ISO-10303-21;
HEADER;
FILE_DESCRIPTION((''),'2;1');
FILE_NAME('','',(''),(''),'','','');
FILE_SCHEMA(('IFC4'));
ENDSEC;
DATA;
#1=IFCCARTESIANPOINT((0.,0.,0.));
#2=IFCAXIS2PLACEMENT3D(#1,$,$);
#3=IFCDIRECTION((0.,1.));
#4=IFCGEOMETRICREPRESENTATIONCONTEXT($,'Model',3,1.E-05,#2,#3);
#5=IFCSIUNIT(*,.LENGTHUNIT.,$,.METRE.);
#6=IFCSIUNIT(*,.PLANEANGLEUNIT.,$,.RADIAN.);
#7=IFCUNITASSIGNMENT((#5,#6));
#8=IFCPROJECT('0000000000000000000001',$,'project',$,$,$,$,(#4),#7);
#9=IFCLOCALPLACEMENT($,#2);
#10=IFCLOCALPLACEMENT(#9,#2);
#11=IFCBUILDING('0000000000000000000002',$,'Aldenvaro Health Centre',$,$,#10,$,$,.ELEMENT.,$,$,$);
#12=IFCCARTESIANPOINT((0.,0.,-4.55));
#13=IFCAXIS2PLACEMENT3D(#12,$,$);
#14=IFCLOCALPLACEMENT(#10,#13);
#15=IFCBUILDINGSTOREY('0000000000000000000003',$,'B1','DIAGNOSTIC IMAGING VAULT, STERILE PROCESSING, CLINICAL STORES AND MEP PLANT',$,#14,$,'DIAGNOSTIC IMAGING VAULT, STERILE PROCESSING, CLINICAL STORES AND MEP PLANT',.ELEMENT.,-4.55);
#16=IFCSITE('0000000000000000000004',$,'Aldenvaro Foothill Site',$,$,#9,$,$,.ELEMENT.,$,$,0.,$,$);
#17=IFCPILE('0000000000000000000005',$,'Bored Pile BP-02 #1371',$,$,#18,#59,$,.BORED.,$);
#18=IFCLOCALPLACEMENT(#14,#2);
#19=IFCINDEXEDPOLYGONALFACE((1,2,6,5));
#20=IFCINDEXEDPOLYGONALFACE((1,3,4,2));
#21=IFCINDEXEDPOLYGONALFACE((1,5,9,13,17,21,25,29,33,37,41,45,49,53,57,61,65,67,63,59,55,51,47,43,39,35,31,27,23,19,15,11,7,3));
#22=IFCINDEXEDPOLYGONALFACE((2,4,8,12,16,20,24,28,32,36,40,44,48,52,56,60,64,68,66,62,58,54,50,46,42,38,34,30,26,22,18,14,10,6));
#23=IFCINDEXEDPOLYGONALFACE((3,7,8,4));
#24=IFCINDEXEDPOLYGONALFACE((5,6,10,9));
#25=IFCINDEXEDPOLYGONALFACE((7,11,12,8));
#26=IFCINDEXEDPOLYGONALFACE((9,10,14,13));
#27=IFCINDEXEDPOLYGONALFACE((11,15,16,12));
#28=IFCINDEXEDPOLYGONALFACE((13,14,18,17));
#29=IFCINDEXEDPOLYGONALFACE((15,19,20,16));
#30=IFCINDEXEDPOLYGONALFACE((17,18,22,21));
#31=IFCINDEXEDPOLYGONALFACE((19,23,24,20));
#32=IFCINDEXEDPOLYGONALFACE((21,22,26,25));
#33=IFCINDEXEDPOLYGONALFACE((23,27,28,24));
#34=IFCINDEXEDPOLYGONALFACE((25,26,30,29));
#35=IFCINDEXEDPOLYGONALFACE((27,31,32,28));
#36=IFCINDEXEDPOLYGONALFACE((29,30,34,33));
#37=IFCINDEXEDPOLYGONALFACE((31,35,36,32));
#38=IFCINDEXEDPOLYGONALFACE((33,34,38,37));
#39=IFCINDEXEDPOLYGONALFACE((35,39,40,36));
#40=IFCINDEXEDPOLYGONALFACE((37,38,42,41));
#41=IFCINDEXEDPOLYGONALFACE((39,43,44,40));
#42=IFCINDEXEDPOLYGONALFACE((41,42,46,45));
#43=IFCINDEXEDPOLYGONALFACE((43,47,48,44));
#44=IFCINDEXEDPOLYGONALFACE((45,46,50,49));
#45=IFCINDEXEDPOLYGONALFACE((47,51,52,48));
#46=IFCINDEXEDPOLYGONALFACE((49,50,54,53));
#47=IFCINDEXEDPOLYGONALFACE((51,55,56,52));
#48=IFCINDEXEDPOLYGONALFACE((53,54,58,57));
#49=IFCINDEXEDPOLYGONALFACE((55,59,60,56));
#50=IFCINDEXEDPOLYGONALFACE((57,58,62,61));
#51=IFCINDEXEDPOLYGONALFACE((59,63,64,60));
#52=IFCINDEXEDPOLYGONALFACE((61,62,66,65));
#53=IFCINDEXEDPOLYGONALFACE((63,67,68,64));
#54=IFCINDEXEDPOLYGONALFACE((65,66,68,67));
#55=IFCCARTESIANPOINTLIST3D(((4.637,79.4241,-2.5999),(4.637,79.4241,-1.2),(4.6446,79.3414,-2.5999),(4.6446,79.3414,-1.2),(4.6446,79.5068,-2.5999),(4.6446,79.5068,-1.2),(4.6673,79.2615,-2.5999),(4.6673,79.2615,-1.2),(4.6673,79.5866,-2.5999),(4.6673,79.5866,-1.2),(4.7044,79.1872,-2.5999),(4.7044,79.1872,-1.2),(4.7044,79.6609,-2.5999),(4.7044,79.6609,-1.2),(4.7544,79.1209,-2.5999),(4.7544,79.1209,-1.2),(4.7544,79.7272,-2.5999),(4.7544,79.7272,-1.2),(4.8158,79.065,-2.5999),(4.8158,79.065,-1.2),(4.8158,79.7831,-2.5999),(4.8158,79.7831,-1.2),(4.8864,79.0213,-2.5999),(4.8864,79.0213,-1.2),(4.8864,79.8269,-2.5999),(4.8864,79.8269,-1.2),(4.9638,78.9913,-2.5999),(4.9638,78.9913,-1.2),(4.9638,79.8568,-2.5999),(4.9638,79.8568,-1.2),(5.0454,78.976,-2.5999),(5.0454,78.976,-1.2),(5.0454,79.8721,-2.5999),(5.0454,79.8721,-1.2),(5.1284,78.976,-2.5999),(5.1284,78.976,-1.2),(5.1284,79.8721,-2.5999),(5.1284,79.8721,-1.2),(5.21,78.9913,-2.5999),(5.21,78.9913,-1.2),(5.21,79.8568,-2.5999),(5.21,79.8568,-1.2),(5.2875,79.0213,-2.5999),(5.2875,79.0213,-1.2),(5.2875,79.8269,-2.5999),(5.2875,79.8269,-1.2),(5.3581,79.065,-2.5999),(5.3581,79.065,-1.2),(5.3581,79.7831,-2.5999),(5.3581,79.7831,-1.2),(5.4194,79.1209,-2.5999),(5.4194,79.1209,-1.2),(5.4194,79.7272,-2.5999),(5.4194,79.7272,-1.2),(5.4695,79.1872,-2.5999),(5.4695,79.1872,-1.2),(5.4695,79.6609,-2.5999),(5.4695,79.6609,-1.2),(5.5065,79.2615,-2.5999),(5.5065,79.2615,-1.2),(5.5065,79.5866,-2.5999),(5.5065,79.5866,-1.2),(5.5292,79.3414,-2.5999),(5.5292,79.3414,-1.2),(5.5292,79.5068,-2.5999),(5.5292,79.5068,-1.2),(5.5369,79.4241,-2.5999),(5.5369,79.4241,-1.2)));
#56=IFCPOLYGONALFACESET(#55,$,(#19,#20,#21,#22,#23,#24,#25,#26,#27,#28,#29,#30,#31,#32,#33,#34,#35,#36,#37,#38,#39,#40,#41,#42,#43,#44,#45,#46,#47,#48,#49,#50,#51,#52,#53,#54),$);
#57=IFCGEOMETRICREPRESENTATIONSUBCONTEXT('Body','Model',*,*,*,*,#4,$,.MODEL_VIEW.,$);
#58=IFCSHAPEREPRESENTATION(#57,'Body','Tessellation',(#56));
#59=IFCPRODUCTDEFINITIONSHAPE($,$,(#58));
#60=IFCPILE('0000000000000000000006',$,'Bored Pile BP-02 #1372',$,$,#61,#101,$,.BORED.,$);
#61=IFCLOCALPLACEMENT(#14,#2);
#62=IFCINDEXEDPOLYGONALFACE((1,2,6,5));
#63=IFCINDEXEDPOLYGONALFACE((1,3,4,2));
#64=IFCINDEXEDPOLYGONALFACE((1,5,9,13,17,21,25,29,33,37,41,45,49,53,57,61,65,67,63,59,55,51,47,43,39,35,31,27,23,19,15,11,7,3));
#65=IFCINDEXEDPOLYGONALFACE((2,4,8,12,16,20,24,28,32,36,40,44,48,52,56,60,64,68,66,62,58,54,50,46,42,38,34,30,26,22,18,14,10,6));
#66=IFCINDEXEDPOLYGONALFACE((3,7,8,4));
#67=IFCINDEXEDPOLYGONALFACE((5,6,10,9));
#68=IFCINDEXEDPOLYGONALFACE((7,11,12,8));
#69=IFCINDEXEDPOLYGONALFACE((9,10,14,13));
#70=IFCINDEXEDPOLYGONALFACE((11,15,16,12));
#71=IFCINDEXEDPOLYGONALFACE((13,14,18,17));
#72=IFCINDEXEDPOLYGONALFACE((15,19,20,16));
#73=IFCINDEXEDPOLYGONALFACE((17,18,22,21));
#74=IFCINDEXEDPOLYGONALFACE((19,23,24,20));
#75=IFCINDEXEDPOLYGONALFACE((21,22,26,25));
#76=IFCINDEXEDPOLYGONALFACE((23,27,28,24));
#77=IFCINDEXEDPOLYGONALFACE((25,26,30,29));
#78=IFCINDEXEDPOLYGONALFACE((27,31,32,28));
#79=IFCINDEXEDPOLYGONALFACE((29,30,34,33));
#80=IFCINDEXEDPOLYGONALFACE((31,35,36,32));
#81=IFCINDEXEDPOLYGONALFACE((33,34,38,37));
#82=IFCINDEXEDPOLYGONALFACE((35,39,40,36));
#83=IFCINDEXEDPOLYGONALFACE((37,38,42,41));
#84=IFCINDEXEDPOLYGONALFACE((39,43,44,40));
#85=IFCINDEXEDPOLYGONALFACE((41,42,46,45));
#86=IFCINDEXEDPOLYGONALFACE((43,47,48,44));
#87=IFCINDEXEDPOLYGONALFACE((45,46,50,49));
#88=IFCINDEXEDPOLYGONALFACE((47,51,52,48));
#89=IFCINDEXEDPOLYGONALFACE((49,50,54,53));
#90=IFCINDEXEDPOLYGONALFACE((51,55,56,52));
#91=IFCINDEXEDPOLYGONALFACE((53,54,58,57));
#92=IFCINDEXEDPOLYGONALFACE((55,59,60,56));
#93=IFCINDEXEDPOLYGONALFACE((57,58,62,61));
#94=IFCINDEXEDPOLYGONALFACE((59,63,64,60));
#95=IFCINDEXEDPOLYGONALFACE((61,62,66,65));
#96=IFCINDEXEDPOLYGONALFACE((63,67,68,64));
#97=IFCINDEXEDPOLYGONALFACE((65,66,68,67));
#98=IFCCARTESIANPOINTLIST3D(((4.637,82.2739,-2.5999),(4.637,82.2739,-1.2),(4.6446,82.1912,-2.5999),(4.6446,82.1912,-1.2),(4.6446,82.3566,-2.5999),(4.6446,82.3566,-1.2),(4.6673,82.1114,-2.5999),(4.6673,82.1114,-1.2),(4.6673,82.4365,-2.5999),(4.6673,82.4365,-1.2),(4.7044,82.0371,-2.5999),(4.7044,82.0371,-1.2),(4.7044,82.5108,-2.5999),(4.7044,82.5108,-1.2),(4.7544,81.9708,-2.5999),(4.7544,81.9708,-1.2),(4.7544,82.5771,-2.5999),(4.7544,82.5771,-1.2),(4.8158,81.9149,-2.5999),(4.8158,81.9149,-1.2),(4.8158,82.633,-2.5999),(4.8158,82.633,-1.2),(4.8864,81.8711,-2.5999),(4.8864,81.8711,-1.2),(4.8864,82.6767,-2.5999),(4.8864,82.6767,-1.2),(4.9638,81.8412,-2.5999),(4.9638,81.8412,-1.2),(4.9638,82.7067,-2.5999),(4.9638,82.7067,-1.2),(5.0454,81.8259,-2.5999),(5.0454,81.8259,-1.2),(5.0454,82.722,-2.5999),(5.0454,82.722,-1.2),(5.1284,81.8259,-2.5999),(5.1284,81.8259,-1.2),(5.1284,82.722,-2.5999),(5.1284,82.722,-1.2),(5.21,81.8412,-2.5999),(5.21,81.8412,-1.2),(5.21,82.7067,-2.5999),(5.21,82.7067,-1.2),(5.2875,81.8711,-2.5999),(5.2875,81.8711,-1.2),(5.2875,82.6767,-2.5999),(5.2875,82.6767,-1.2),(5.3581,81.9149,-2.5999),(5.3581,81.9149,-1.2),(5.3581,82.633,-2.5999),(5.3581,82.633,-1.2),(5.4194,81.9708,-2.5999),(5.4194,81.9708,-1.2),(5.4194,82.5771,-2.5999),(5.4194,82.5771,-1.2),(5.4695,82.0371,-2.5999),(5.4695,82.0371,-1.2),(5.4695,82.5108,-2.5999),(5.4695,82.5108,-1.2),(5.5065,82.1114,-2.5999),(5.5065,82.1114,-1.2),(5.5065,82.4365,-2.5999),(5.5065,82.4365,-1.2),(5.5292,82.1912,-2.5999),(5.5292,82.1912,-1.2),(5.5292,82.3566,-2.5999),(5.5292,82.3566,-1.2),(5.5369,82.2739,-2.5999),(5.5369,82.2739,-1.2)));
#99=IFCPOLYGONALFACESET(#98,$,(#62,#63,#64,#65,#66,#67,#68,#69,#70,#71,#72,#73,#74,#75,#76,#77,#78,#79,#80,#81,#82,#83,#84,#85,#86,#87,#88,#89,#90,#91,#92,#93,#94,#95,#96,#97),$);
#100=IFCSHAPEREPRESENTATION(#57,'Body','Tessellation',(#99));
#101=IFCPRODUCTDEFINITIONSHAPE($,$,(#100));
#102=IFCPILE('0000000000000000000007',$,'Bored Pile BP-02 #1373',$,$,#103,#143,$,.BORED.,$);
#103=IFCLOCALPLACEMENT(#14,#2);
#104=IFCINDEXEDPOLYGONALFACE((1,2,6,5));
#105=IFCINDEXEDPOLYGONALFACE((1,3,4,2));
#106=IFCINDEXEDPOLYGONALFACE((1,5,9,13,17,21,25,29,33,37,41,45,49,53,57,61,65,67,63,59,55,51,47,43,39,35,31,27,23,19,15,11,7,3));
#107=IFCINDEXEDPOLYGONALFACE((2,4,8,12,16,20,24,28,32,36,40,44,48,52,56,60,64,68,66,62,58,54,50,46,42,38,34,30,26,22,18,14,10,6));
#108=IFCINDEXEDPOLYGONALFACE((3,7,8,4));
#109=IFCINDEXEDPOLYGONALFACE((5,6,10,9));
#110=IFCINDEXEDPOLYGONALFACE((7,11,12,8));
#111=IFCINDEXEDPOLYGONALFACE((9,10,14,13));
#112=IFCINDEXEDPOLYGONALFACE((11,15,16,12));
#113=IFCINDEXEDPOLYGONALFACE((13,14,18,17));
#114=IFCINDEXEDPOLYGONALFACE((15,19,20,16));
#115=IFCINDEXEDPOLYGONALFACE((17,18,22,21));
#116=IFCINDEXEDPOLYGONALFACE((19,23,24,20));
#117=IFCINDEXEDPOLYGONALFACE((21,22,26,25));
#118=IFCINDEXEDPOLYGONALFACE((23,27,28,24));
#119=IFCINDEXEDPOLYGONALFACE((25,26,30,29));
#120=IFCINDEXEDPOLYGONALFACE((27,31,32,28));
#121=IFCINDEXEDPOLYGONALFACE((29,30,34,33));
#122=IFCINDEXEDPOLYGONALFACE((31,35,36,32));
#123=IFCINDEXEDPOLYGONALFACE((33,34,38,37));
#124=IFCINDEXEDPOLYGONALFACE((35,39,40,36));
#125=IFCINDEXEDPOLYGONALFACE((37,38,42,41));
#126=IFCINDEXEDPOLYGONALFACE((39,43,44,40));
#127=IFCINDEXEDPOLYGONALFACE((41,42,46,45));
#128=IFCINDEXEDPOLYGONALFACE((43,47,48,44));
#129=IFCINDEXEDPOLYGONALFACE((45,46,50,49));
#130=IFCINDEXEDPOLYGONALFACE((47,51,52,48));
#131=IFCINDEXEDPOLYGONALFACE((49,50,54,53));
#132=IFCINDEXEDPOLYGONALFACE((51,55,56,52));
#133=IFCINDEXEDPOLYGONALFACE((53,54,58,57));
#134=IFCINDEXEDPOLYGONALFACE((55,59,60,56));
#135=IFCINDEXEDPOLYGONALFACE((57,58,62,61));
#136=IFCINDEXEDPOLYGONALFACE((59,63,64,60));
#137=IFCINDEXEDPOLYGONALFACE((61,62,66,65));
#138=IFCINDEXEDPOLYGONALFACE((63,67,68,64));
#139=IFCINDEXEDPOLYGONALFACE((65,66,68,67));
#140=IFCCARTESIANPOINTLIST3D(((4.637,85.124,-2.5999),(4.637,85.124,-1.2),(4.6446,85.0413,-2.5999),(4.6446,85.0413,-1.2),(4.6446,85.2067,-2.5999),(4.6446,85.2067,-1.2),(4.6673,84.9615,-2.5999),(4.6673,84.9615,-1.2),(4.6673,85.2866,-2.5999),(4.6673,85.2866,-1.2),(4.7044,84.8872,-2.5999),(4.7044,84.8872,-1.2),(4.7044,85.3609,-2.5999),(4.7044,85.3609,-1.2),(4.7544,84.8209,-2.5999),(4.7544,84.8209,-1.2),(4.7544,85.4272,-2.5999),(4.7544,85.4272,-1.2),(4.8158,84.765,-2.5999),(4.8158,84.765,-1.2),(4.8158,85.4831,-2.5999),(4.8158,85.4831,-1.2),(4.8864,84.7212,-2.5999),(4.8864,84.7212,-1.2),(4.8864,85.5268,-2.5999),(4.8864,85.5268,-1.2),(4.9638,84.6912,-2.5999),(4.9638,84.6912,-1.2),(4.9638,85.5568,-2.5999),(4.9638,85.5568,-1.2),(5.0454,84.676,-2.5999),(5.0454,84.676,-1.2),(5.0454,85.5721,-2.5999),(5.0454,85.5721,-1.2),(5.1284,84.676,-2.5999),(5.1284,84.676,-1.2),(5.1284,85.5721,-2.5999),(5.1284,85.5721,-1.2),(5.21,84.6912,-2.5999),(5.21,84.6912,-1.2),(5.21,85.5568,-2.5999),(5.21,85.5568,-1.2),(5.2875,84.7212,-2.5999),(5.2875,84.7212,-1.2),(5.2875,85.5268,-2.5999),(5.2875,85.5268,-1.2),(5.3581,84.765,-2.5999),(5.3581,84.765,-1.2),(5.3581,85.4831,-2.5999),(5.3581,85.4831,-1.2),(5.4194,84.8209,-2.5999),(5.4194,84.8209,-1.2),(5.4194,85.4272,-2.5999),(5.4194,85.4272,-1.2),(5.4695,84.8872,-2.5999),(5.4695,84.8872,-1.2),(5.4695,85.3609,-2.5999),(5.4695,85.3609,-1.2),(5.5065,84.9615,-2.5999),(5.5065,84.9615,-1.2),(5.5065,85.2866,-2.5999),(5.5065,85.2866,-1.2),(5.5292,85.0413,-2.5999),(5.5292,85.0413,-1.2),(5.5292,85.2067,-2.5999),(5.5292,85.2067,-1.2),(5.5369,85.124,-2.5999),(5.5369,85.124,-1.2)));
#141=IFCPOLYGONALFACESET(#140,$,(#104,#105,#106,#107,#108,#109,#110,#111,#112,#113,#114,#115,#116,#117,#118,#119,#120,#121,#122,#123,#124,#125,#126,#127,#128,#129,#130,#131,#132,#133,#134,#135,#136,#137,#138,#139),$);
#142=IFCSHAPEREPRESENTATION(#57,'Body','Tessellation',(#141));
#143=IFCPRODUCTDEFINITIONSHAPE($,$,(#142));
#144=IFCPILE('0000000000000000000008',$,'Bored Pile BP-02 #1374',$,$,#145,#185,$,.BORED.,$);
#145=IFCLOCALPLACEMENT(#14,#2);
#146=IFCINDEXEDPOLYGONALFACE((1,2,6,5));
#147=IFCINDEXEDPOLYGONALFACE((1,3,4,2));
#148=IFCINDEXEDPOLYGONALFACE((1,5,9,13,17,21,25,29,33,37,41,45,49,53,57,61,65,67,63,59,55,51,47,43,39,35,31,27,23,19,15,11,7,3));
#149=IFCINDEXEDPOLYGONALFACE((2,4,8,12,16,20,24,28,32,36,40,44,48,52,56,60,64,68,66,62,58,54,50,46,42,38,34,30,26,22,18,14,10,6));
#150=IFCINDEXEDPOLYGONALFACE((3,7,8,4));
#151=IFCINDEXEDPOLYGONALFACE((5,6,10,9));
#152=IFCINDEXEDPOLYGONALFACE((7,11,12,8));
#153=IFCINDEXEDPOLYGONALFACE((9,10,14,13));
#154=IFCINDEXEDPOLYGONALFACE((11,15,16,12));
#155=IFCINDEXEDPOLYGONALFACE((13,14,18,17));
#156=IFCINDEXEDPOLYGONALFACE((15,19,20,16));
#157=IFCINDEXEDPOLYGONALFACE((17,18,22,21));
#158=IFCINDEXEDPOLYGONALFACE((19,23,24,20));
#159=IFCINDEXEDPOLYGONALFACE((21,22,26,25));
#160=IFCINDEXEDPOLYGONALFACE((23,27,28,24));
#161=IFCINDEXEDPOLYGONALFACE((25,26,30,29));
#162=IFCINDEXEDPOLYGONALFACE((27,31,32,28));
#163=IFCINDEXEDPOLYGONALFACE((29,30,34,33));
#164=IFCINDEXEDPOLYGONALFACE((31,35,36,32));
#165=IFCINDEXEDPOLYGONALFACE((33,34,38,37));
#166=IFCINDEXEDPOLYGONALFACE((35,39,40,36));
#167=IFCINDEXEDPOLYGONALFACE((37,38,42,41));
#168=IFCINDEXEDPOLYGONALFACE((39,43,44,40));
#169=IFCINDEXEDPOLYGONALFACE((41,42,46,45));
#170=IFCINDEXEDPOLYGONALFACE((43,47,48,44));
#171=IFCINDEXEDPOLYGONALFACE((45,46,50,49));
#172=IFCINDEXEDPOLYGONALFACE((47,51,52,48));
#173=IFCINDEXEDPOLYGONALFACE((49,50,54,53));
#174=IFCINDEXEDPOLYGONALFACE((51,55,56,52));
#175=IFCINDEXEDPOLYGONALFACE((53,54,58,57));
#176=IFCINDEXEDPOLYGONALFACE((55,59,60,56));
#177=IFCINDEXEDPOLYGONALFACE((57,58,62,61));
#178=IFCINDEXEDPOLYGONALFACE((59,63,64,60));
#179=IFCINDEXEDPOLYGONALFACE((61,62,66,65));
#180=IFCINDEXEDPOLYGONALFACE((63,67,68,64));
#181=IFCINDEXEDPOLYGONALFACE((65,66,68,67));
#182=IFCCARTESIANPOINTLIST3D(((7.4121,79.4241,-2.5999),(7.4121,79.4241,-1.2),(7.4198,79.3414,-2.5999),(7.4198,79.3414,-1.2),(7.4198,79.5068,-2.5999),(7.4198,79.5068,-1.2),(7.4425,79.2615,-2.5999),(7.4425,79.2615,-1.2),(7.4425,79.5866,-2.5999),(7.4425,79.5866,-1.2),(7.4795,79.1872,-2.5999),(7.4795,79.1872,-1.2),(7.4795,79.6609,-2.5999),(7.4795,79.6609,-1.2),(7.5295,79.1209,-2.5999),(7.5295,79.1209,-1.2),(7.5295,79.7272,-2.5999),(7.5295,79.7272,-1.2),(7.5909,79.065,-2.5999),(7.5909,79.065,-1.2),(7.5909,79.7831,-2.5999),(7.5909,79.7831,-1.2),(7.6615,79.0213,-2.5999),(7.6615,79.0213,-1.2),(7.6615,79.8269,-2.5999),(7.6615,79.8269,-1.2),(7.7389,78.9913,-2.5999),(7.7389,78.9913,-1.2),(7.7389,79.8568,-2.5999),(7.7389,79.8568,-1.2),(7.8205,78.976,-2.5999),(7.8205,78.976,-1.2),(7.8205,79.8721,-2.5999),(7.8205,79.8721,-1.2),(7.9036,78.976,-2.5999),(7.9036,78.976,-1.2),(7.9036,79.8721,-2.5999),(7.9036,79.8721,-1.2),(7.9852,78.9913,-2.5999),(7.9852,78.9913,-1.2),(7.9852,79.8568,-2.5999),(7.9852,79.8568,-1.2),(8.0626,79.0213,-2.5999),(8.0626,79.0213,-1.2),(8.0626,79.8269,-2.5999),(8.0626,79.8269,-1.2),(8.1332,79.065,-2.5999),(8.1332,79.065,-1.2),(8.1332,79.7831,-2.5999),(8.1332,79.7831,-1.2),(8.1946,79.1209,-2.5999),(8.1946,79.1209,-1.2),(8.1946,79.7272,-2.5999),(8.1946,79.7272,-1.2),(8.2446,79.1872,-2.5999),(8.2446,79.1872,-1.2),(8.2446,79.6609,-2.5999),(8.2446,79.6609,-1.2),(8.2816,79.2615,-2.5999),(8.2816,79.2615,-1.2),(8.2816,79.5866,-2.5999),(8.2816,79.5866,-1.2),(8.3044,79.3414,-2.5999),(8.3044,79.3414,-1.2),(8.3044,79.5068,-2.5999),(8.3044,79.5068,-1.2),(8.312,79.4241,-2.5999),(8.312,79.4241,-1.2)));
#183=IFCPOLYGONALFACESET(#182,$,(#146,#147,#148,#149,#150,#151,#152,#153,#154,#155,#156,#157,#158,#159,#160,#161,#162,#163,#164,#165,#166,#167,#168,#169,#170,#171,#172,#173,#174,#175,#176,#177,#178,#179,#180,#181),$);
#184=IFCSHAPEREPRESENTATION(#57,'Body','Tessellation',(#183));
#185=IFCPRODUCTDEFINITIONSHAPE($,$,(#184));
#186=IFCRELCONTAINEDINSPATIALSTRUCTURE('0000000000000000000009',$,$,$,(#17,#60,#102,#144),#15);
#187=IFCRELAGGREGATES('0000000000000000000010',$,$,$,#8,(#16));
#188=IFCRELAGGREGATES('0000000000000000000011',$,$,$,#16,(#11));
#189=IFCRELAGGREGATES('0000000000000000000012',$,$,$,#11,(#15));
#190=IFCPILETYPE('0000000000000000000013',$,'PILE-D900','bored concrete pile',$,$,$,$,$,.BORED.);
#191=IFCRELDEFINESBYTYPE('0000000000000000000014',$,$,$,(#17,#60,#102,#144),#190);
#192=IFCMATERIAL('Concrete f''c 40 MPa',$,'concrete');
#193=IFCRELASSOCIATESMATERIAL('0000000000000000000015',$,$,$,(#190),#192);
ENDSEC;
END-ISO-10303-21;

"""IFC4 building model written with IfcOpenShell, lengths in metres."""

from ifc_helpers import new_model, si_unit, direction, frame, origin, origin_2d, place, context, subcontext, project, spatial, circle, extrude, material, material_profile, profile_set, type_object, element, save


model = new_model("IFC4")

# Units and contexts
model_context = context("Model", 3, precision=1e-05, world=origin(), true_north=direction((0.0, 1.0)))
body_context = subcontext(model_context, "Body", "Model", "MODEL_VIEW")
ifc_project = project(units=[si_unit("LENGTHUNIT", "METRE"), si_unit("PLANEANGLEUNIT", "RADIAN")], contexts=[model_context])

# Site, building, storey
site_placement = place(None, origin())
site = spatial("IfcSite", under=ifc_project, at=site_placement, Name="Aldenvaro Foothill Site", CompositionType="ELEMENT", RefElevation=0.0)
building_placement = place(site_placement, origin())
building = spatial("IfcBuilding", under=site, at=building_placement, Name="Aldenvaro Health Centre", CompositionType="ELEMENT")
storey_placement = place(building_placement, frame((0.0, 0.0, -4.55)))
storey = spatial("IfcBuildingStorey", under=building, at=storey_placement, Name="B1", Description="DIAGNOSTIC IMAGING VAULT, STERILE PROCESSING, CLINICAL STORES AND MEP PLANT", LongName="DIAGNOSTIC IMAGING VAULT, STERILE PROCESSING, CLINICAL STORES AND MEP PLANT", CompositionType="ELEMENT", Elevation=-4.55)

# Shared definitions
ifc_material = material(Name="Concrete f'c 40 MPa", Category="concrete")

# Piles
ifc_material_profile_1 = material_profile(ifc_material, circle(Radius=0.45, at=origin_2d()), Name="PILE D900", Category="concrete")
ifc_profile_set_1 = profile_set([ifc_material_profile_1], Name="Concrete f'c 40 MPa")
pile_type = type_object("IfcPileType", Name="PILE-D900", Description="bored concrete pile", PredefinedType="BORED", material=ifc_profile_set_1)
for number, where, z_axis, x_axis, name in (
    (1, (5.0869, 79.4241, -1.2), (0.0, 0.0, -1.0), (1.0, 0.0, 0.0), "Bored Pile BP-02 #1371"),
    (2, (5.0869, 82.2739, -1.2), (0.0, 0.0, -1.0), (1.0, 0.0, 0.0), "Bored Pile BP-02 #1372"),
    (3, (5.0869, 85.124, -1.2), (0.0, 0.0, -1.0), (1.0, 0.0, 0.0), "Bored Pile BP-02 #1373"),
    (4, (7.8621, 79.4241, -1.2), (0.0, 0.0, -1.0), (1.0, 0.0, 0.0), "Bored Pile BP-02 #1374"),
):
    element("IfcPile", number, at=place(storey_placement, frame(where, z_axis=z_axis, x_axis=x_axis)), inside=storey, type_object=pile_type, Name=name, PredefinedType="BORED", context=body_context, shape_type="SweptSolid", body=[
        extrude(circle(Radius=0.45, at=origin_2d()), origin(), (0.0, 0.0, 1.0), 1.3999),
    ])

save(model, "model.ifc")
